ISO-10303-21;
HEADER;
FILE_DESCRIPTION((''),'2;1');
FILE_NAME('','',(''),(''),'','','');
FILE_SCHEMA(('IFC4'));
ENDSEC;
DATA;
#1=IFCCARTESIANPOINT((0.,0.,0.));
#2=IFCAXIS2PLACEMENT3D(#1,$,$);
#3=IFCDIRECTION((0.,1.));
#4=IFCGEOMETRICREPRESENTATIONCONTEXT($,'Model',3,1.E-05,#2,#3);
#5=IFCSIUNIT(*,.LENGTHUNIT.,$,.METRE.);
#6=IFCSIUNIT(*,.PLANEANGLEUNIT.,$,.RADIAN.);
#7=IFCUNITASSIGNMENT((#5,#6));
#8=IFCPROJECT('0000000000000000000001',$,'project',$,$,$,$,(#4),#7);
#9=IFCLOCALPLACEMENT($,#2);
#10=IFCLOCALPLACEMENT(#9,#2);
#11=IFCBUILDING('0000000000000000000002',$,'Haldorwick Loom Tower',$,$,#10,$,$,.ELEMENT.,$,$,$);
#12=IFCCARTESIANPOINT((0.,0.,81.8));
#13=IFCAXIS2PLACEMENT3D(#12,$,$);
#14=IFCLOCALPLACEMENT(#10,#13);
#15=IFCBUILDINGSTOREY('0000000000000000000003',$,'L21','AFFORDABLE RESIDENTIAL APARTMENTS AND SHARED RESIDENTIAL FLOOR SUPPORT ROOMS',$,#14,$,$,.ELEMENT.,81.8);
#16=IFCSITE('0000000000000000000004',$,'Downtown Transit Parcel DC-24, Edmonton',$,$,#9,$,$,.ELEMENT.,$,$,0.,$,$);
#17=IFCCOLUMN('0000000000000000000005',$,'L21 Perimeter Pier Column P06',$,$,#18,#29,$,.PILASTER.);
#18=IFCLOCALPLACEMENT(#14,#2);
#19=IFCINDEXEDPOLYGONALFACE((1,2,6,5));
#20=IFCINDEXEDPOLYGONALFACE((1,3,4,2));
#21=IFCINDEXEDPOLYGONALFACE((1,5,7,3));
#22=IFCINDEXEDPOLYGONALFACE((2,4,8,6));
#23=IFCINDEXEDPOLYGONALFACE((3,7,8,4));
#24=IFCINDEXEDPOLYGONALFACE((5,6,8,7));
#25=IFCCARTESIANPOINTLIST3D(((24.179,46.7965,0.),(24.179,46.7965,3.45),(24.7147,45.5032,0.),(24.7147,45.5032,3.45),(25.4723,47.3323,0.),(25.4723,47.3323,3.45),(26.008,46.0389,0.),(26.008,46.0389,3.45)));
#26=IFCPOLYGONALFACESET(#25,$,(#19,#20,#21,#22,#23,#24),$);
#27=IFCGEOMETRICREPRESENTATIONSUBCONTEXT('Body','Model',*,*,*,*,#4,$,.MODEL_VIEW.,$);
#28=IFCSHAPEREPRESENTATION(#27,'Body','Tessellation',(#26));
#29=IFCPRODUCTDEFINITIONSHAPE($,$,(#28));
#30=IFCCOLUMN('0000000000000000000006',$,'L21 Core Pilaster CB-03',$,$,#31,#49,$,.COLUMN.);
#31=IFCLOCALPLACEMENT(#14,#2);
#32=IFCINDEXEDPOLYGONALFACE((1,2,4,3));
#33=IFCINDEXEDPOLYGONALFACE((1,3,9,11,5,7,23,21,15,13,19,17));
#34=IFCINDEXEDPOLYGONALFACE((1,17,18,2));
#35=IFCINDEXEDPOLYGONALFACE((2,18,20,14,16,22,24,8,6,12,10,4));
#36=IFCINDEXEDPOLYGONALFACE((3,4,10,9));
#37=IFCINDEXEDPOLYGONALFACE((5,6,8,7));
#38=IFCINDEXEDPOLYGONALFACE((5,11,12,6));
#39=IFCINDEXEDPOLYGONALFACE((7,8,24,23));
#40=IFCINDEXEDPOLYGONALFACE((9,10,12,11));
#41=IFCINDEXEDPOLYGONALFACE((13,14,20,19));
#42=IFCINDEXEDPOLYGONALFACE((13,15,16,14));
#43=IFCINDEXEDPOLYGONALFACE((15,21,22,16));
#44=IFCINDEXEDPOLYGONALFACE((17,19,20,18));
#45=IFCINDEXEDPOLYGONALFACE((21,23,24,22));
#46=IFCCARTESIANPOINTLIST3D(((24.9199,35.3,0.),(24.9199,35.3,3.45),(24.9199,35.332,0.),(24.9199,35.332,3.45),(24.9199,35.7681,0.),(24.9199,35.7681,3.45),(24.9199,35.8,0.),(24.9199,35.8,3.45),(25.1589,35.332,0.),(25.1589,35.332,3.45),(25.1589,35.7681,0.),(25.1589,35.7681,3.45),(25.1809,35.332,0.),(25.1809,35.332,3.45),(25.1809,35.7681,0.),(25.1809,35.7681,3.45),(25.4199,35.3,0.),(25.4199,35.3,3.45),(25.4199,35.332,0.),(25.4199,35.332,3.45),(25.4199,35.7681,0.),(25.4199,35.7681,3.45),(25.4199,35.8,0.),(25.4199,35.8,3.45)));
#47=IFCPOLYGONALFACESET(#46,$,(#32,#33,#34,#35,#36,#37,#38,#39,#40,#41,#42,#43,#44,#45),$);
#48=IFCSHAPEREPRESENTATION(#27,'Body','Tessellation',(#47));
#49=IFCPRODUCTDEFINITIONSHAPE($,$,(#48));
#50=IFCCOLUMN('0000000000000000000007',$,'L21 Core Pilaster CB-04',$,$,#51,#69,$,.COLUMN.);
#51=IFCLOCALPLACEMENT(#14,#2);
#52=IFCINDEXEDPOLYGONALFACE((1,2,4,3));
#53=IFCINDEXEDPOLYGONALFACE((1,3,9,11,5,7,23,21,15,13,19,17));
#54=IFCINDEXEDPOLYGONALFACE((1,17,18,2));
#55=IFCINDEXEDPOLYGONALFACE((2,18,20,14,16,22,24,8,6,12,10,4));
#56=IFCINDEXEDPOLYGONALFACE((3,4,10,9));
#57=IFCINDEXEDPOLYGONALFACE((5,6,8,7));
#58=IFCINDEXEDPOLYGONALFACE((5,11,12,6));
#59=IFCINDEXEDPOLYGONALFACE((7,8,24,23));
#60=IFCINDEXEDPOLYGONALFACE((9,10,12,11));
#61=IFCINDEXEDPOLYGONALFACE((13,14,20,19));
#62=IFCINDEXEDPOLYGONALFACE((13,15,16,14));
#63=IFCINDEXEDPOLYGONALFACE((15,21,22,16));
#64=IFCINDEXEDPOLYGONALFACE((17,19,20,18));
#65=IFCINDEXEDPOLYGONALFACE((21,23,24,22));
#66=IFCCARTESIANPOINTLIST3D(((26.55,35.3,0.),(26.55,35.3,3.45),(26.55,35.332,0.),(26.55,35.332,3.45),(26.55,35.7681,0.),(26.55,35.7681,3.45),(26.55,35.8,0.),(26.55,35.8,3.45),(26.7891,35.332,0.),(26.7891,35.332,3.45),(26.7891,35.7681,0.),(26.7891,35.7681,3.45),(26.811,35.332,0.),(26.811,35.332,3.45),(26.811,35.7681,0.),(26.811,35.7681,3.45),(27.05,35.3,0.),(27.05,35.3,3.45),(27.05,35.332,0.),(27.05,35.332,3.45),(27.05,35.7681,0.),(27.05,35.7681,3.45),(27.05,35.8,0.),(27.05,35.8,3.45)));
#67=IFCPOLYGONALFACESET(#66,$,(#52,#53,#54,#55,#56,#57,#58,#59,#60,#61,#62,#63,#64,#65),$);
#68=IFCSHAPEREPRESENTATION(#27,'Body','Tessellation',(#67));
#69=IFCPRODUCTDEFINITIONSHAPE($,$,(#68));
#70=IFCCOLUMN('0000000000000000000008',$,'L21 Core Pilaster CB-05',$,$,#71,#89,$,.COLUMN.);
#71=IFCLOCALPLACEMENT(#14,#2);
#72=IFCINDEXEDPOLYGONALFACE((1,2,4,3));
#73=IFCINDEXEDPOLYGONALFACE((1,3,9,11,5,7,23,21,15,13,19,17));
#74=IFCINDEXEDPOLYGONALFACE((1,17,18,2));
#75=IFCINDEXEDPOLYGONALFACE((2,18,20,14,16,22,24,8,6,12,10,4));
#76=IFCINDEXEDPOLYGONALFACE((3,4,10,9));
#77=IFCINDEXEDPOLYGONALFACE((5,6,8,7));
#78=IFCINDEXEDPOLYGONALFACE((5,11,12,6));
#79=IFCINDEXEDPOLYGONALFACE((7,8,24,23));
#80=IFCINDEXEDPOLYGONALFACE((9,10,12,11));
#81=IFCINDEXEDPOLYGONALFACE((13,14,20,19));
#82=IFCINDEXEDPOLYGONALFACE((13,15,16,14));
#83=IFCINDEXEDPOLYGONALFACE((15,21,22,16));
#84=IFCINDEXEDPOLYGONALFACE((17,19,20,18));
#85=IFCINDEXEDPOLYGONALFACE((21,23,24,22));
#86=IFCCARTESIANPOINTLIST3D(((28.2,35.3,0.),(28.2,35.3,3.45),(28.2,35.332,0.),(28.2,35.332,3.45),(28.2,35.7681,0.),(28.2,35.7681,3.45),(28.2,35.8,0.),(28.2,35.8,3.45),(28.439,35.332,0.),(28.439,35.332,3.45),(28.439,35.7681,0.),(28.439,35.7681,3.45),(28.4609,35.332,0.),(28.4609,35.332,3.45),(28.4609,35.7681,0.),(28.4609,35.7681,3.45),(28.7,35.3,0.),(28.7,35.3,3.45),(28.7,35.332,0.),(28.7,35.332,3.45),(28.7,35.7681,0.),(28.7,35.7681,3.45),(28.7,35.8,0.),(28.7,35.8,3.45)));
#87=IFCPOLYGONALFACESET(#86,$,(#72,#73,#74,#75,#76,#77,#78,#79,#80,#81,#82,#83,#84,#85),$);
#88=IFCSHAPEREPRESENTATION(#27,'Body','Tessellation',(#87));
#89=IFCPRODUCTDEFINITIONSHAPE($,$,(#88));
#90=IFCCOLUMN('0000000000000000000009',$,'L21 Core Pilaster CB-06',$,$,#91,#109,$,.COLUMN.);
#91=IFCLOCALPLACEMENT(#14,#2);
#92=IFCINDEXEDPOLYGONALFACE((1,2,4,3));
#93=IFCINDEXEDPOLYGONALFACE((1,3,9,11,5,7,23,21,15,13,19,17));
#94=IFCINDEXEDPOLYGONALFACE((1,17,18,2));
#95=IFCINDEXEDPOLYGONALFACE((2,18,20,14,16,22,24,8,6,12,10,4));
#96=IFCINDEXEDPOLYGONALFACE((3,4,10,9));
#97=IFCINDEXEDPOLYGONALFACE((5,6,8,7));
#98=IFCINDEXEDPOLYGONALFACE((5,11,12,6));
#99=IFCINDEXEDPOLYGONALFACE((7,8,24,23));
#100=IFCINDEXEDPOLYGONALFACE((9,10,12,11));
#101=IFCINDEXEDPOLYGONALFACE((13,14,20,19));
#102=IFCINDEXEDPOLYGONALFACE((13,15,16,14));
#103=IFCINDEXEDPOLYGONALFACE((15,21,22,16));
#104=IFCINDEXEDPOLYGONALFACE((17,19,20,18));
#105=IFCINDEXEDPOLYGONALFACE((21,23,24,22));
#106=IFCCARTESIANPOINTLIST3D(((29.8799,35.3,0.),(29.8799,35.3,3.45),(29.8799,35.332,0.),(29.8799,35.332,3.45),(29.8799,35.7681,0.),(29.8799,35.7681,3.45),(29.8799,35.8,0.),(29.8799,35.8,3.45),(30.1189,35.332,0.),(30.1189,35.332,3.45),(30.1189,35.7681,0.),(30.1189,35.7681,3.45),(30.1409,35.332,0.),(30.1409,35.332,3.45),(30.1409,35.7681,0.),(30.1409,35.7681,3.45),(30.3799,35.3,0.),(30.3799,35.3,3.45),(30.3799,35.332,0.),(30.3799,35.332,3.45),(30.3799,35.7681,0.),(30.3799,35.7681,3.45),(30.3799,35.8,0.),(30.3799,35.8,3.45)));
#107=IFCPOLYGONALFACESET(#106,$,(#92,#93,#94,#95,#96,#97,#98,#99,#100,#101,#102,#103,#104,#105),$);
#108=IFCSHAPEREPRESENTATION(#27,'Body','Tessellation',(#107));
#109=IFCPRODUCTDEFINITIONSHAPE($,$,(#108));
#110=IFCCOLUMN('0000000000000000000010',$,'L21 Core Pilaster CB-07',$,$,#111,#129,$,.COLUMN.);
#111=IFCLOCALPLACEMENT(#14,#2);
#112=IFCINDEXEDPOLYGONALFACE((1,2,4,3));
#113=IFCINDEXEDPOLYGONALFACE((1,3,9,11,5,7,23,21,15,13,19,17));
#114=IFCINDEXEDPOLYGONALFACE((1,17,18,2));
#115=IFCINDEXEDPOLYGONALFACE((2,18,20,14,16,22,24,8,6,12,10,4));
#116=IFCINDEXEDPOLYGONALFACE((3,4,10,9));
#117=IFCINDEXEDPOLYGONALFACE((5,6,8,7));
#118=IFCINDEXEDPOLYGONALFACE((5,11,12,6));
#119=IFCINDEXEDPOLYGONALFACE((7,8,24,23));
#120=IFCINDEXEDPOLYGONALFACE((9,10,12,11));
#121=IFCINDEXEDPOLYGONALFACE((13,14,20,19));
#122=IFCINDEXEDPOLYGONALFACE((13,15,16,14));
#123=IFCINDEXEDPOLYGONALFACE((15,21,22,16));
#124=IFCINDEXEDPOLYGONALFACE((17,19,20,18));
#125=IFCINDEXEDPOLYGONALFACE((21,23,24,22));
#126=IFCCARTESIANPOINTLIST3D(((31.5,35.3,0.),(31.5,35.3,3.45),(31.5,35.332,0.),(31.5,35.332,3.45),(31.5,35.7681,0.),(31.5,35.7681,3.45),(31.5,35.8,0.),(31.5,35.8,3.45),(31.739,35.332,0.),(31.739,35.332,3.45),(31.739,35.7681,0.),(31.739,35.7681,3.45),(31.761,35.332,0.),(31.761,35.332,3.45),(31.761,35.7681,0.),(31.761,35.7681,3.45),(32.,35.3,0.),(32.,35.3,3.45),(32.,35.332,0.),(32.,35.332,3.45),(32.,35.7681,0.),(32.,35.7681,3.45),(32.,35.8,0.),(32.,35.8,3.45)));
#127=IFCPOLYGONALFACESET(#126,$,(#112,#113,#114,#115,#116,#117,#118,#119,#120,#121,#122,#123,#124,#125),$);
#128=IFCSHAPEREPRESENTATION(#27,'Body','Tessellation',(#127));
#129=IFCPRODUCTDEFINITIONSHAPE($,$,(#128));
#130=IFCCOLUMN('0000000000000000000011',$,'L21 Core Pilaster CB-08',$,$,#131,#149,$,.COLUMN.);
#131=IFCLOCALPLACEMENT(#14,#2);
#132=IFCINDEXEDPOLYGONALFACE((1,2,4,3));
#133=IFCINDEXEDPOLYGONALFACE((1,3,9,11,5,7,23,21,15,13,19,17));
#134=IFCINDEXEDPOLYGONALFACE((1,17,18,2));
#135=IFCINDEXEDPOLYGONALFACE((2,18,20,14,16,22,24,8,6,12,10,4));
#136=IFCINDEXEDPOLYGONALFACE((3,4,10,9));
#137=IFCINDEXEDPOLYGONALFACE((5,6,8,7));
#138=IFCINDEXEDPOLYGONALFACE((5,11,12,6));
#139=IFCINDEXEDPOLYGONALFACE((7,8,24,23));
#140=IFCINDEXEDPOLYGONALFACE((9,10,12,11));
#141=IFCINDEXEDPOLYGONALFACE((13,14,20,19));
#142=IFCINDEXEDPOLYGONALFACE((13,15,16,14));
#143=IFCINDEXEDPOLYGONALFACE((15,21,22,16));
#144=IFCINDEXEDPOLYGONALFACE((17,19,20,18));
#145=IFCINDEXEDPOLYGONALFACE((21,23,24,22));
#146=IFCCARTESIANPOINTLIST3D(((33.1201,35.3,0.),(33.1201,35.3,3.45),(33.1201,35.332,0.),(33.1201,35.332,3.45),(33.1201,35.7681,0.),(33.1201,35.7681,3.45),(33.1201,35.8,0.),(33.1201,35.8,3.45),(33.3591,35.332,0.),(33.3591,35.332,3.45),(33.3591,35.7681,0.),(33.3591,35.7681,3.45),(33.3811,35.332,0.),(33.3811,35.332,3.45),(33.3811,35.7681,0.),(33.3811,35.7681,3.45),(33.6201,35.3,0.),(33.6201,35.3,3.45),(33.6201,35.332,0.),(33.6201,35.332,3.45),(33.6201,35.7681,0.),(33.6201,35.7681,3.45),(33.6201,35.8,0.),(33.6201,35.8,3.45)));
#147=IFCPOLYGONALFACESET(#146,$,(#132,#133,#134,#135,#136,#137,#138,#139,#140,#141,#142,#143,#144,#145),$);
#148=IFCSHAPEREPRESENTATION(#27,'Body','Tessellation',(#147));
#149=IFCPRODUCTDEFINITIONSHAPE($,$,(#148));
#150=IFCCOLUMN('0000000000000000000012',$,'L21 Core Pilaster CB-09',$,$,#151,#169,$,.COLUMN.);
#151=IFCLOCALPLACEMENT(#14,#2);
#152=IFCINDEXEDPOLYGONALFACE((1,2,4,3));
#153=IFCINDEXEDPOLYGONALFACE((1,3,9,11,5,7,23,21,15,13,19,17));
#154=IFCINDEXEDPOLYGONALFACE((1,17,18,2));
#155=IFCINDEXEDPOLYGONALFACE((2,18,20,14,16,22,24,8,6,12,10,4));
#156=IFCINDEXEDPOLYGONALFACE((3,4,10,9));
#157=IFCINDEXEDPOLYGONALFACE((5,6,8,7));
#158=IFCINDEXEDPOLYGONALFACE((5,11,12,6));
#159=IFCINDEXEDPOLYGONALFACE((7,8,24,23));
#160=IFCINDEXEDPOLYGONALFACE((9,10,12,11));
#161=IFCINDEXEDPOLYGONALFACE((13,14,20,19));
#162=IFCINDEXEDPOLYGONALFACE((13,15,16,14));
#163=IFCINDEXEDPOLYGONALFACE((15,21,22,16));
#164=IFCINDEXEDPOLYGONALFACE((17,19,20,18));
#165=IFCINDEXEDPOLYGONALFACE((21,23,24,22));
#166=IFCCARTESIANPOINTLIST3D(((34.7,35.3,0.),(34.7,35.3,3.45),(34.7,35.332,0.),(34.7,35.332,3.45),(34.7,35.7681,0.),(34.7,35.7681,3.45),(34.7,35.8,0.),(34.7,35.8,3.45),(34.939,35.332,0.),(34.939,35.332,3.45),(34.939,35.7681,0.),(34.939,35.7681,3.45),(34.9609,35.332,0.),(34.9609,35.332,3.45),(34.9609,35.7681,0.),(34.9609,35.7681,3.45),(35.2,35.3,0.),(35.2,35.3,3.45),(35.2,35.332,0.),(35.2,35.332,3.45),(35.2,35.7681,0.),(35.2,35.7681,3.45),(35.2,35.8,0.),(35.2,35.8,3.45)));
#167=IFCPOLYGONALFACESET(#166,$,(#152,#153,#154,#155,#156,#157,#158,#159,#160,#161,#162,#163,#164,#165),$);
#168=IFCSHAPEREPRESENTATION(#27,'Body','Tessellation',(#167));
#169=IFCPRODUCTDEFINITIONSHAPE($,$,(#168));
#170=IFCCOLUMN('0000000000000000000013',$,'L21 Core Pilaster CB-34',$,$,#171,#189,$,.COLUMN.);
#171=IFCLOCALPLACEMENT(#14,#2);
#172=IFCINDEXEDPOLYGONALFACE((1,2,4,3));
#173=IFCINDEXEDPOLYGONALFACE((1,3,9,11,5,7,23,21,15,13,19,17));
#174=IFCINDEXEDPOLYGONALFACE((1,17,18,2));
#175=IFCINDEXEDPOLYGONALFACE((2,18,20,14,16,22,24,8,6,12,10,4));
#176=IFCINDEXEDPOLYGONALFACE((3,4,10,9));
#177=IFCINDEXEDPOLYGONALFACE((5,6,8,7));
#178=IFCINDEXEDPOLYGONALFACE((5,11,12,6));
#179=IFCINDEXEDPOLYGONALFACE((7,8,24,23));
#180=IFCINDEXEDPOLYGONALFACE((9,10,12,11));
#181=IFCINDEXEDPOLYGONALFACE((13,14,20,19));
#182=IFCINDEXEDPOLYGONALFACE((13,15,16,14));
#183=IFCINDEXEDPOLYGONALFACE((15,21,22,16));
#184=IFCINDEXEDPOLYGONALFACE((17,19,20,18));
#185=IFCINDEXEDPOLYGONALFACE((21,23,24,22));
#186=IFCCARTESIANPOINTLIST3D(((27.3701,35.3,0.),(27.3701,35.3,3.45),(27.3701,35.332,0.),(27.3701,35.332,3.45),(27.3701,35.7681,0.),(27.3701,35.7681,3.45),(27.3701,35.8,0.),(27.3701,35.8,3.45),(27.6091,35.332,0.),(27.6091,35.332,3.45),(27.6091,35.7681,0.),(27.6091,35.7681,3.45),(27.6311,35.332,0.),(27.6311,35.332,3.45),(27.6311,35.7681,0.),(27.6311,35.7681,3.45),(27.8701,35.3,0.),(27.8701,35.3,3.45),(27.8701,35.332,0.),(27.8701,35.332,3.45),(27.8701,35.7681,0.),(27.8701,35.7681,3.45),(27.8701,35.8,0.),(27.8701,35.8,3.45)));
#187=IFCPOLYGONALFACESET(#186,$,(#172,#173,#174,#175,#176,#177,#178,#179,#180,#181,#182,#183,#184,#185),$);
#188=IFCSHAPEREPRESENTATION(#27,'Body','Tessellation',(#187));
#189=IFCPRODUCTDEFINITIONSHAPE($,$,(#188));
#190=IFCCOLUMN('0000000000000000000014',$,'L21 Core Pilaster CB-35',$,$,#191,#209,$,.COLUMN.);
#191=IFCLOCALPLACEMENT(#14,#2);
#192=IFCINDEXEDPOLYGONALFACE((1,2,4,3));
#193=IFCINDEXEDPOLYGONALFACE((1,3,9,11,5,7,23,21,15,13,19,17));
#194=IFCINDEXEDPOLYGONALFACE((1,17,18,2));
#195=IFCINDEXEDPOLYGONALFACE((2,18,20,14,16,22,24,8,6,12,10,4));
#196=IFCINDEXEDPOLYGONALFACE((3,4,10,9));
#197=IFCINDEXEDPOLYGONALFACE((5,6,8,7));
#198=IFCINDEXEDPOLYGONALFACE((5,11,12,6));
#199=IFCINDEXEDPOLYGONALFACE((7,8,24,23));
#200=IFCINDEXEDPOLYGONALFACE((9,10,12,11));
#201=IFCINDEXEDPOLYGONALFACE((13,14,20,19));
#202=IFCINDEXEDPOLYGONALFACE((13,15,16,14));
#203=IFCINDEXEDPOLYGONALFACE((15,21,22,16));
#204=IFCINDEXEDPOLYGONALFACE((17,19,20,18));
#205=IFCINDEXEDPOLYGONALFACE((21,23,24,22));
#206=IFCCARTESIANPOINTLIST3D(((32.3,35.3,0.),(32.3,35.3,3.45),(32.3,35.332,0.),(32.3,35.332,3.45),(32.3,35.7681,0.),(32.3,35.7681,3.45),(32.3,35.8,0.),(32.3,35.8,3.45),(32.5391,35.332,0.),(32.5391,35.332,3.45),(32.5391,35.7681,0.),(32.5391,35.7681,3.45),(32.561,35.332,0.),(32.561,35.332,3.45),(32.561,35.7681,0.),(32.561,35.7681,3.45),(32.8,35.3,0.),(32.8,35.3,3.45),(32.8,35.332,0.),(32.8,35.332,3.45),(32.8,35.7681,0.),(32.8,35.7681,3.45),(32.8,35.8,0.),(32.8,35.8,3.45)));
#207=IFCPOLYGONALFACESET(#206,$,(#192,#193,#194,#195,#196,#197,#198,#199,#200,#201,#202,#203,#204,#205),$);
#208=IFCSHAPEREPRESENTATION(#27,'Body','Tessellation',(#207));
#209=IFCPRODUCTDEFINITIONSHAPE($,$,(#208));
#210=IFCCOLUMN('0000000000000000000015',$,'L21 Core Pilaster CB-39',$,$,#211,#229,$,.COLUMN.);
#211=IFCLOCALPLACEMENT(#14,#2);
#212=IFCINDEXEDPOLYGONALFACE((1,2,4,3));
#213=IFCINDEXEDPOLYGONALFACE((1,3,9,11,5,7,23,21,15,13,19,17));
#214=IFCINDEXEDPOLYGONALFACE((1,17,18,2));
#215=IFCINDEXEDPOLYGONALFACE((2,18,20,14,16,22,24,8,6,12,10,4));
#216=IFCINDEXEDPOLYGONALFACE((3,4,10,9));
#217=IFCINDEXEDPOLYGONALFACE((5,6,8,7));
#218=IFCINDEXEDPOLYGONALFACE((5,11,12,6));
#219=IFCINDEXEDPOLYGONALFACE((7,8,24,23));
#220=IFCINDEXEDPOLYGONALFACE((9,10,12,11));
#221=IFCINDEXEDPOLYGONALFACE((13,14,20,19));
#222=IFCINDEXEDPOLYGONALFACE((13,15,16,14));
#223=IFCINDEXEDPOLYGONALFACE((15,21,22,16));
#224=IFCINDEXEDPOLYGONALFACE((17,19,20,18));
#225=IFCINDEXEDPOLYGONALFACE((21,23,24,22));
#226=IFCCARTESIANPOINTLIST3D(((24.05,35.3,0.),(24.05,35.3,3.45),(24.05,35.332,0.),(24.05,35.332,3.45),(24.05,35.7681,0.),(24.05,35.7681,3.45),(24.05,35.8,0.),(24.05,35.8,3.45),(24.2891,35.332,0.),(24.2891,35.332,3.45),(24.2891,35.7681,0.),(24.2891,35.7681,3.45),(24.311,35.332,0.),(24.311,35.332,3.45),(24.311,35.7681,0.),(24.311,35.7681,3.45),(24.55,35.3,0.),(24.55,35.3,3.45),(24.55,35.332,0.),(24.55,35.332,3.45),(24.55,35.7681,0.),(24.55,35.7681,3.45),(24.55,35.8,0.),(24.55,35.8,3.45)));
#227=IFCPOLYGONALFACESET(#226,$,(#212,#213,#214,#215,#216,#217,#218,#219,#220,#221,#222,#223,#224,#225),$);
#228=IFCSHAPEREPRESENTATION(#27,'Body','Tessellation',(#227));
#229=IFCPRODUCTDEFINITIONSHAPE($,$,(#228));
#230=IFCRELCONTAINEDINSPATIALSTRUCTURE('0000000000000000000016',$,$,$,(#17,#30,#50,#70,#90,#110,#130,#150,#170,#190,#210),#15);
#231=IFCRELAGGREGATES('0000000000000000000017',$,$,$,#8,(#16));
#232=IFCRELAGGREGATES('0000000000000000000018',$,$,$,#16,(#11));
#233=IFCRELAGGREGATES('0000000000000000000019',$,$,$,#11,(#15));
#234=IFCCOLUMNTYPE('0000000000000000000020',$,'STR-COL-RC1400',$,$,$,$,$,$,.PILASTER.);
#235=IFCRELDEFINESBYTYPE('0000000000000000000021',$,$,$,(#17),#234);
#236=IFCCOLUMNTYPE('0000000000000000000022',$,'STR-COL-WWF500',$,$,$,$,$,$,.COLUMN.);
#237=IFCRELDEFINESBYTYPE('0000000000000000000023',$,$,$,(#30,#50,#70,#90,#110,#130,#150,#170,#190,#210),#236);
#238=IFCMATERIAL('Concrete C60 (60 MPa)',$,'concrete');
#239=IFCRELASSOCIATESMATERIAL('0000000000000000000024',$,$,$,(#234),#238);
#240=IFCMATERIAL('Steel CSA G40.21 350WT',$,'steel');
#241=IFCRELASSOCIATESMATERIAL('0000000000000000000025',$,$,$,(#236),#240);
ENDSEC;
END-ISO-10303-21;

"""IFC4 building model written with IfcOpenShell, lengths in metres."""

from ifc_helpers import new_model, si_unit, direction, frame, origin, origin_2d, place, context, subcontext, project, spatial, rectangle, i_section, extrude, material, material_profile, profile_set, type_object, element, save


model = new_model("IFC4")

# Units and contexts
model_context = context("Model", 3, precision=1e-05, world=origin(), true_north=direction((0.0, 1.0)))
body_context = subcontext(model_context, "Body", "Model", "MODEL_VIEW")
ifc_project = project(units=[si_unit("LENGTHUNIT", "METRE"), si_unit("PLANEANGLEUNIT", "RADIAN")], contexts=[model_context])

# Site, building, storey
site_placement = place(None, origin())
site = spatial("IfcSite", under=ifc_project, at=site_placement, Name="Downtown Transit Parcel DC-24, Edmonton", CompositionType="ELEMENT", RefElevation=0.0)
building_placement = place(site_placement, origin())
building = spatial("IfcBuilding", under=site, at=building_placement, Name="Haldorwick Loom Tower", CompositionType="ELEMENT")
storey_placement = place(building_placement, frame((0.0, 0.0, 81.8)))
storey = spatial("IfcBuildingStorey", under=building, at=storey_placement, Name="L21", Description="AFFORDABLE RESIDENTIAL APARTMENTS AND SHARED RESIDENTIAL FLOOR SUPPORT ROOMS", CompositionType="ELEMENT", Elevation=81.8)

# Columns
ifc_material_1 = material(Name="Concrete C60 (60 MPa)", Category="concrete")
ifc_material_profile_1 = material_profile(ifc_material_1, rectangle(XDim=1.3999, YDim=1.3999, at=origin_2d()), Name="RC1400X1400", Category="concrete")
ifc_profile_set_1 = profile_set([ifc_material_profile_1], Name="Concrete C60 (60 MPa)")
column_type_1 = type_object("IfcColumnType", Name="STR-COL-RC1400", PredefinedType="PILASTER", material=ifc_profile_set_1)
column_placement = place(storey_placement, frame((25.0935, 46.4177, 0.0), z_axis=(0.0, 0.0, 1.0), x_axis=(-0.382683, 0.92388, 0.0)))
element("IfcColumn", 1, at=column_placement, inside=storey, type_object=column_type_1, Name="L21 Perimeter Pier Column P06", PredefinedType="PILASTER", context=body_context, shape_type="SweptSolid", body=[
    extrude(rectangle(XDim=1.3999, YDim=1.3999, at=origin_2d()), origin(), (0.0, 0.0, 1.0), 3.45),
])
ifc_material_2 = material(Name="Steel CSA G40.21 350WT", Category="steel")
ifc_material_profile_2 = material_profile(ifc_material_2, i_section(OverallWidth=0.5, OverallDepth=0.5, WebThickness=0.022, FlangeThickness=0.032, at=origin_2d()), Name="WWF500X500", Category="steel")
ifc_profile_set_2 = profile_set([ifc_material_profile_2], Name="Steel CSA G40.21 350WT")
column_type_2 = type_object("IfcColumnType", Name="STR-COL-WWF500", PredefinedType="COLUMN", material=ifc_profile_set_2)
for number, where, z_axis, x_axis, name in (
    (2, (25.1699, 35.55, 0.0), (0.0, 0.0, 1.0), (1.0, 0.0, 0.0), "L21 Core Pilaster CB-03"),
    (3, (26.8, 35.55, 0.0), (0.0, 0.0, 1.0), (1.0, 0.0, 0.0), "L21 Core Pilaster CB-04"),
    (4, (28.45, 35.55, 0.0), (0.0, 0.0, 1.0), (1.0, 0.0, 0.0), "L21 Core Pilaster CB-05"),
    (5, (30.1299, 35.55, 0.0), (0.0, 0.0, 1.0), (1.0, 0.0, 0.0), "L21 Core Pilaster CB-06"),
    (6, (31.75, 35.55, 0.0), (0.0, 0.0, 1.0), (1.0, 0.0, 0.0), "L21 Core Pilaster CB-07"),
    (7, (33.3701, 35.55, 0.0), (0.0, 0.0, 1.0), (1.0, 0.0, 0.0), "L21 Core Pilaster CB-08"),
    (8, (34.95, 35.55, 0.0), (0.0, 0.0, 1.0), (1.0, 0.0, 0.0), "L21 Core Pilaster CB-09"),
    (9, (27.6201, 35.55, 0.0), (0.0, 0.0, 1.0), (1.0, 0.0, 0.0), "L21 Core Pilaster CB-34"),
    (10, (32.55, 35.55, 0.0), (0.0, 0.0, 1.0), (1.0, 0.0, 0.0), "L21 Core Pilaster CB-35"),
    (11, (24.3, 35.55, 0.0), (0.0, 0.0, 1.0), (1.0, 0.0, 0.0), "L21 Core Pilaster CB-39"),
):
    element("IfcColumn", number, at=place(storey_placement, frame(where, z_axis=z_axis, x_axis=x_axis)), inside=storey, type_object=column_type_2, Name=name, PredefinedType="COLUMN", context=body_context, shape_type="SweptSolid", body=[
        extrude(i_section(OverallWidth=0.5, OverallDepth=0.5, WebThickness=0.022, FlangeThickness=0.032, at=origin_2d()), origin(), (0.0, 0.0, 1.0), 3.45),
    ])

save(model, "model.ifc")
